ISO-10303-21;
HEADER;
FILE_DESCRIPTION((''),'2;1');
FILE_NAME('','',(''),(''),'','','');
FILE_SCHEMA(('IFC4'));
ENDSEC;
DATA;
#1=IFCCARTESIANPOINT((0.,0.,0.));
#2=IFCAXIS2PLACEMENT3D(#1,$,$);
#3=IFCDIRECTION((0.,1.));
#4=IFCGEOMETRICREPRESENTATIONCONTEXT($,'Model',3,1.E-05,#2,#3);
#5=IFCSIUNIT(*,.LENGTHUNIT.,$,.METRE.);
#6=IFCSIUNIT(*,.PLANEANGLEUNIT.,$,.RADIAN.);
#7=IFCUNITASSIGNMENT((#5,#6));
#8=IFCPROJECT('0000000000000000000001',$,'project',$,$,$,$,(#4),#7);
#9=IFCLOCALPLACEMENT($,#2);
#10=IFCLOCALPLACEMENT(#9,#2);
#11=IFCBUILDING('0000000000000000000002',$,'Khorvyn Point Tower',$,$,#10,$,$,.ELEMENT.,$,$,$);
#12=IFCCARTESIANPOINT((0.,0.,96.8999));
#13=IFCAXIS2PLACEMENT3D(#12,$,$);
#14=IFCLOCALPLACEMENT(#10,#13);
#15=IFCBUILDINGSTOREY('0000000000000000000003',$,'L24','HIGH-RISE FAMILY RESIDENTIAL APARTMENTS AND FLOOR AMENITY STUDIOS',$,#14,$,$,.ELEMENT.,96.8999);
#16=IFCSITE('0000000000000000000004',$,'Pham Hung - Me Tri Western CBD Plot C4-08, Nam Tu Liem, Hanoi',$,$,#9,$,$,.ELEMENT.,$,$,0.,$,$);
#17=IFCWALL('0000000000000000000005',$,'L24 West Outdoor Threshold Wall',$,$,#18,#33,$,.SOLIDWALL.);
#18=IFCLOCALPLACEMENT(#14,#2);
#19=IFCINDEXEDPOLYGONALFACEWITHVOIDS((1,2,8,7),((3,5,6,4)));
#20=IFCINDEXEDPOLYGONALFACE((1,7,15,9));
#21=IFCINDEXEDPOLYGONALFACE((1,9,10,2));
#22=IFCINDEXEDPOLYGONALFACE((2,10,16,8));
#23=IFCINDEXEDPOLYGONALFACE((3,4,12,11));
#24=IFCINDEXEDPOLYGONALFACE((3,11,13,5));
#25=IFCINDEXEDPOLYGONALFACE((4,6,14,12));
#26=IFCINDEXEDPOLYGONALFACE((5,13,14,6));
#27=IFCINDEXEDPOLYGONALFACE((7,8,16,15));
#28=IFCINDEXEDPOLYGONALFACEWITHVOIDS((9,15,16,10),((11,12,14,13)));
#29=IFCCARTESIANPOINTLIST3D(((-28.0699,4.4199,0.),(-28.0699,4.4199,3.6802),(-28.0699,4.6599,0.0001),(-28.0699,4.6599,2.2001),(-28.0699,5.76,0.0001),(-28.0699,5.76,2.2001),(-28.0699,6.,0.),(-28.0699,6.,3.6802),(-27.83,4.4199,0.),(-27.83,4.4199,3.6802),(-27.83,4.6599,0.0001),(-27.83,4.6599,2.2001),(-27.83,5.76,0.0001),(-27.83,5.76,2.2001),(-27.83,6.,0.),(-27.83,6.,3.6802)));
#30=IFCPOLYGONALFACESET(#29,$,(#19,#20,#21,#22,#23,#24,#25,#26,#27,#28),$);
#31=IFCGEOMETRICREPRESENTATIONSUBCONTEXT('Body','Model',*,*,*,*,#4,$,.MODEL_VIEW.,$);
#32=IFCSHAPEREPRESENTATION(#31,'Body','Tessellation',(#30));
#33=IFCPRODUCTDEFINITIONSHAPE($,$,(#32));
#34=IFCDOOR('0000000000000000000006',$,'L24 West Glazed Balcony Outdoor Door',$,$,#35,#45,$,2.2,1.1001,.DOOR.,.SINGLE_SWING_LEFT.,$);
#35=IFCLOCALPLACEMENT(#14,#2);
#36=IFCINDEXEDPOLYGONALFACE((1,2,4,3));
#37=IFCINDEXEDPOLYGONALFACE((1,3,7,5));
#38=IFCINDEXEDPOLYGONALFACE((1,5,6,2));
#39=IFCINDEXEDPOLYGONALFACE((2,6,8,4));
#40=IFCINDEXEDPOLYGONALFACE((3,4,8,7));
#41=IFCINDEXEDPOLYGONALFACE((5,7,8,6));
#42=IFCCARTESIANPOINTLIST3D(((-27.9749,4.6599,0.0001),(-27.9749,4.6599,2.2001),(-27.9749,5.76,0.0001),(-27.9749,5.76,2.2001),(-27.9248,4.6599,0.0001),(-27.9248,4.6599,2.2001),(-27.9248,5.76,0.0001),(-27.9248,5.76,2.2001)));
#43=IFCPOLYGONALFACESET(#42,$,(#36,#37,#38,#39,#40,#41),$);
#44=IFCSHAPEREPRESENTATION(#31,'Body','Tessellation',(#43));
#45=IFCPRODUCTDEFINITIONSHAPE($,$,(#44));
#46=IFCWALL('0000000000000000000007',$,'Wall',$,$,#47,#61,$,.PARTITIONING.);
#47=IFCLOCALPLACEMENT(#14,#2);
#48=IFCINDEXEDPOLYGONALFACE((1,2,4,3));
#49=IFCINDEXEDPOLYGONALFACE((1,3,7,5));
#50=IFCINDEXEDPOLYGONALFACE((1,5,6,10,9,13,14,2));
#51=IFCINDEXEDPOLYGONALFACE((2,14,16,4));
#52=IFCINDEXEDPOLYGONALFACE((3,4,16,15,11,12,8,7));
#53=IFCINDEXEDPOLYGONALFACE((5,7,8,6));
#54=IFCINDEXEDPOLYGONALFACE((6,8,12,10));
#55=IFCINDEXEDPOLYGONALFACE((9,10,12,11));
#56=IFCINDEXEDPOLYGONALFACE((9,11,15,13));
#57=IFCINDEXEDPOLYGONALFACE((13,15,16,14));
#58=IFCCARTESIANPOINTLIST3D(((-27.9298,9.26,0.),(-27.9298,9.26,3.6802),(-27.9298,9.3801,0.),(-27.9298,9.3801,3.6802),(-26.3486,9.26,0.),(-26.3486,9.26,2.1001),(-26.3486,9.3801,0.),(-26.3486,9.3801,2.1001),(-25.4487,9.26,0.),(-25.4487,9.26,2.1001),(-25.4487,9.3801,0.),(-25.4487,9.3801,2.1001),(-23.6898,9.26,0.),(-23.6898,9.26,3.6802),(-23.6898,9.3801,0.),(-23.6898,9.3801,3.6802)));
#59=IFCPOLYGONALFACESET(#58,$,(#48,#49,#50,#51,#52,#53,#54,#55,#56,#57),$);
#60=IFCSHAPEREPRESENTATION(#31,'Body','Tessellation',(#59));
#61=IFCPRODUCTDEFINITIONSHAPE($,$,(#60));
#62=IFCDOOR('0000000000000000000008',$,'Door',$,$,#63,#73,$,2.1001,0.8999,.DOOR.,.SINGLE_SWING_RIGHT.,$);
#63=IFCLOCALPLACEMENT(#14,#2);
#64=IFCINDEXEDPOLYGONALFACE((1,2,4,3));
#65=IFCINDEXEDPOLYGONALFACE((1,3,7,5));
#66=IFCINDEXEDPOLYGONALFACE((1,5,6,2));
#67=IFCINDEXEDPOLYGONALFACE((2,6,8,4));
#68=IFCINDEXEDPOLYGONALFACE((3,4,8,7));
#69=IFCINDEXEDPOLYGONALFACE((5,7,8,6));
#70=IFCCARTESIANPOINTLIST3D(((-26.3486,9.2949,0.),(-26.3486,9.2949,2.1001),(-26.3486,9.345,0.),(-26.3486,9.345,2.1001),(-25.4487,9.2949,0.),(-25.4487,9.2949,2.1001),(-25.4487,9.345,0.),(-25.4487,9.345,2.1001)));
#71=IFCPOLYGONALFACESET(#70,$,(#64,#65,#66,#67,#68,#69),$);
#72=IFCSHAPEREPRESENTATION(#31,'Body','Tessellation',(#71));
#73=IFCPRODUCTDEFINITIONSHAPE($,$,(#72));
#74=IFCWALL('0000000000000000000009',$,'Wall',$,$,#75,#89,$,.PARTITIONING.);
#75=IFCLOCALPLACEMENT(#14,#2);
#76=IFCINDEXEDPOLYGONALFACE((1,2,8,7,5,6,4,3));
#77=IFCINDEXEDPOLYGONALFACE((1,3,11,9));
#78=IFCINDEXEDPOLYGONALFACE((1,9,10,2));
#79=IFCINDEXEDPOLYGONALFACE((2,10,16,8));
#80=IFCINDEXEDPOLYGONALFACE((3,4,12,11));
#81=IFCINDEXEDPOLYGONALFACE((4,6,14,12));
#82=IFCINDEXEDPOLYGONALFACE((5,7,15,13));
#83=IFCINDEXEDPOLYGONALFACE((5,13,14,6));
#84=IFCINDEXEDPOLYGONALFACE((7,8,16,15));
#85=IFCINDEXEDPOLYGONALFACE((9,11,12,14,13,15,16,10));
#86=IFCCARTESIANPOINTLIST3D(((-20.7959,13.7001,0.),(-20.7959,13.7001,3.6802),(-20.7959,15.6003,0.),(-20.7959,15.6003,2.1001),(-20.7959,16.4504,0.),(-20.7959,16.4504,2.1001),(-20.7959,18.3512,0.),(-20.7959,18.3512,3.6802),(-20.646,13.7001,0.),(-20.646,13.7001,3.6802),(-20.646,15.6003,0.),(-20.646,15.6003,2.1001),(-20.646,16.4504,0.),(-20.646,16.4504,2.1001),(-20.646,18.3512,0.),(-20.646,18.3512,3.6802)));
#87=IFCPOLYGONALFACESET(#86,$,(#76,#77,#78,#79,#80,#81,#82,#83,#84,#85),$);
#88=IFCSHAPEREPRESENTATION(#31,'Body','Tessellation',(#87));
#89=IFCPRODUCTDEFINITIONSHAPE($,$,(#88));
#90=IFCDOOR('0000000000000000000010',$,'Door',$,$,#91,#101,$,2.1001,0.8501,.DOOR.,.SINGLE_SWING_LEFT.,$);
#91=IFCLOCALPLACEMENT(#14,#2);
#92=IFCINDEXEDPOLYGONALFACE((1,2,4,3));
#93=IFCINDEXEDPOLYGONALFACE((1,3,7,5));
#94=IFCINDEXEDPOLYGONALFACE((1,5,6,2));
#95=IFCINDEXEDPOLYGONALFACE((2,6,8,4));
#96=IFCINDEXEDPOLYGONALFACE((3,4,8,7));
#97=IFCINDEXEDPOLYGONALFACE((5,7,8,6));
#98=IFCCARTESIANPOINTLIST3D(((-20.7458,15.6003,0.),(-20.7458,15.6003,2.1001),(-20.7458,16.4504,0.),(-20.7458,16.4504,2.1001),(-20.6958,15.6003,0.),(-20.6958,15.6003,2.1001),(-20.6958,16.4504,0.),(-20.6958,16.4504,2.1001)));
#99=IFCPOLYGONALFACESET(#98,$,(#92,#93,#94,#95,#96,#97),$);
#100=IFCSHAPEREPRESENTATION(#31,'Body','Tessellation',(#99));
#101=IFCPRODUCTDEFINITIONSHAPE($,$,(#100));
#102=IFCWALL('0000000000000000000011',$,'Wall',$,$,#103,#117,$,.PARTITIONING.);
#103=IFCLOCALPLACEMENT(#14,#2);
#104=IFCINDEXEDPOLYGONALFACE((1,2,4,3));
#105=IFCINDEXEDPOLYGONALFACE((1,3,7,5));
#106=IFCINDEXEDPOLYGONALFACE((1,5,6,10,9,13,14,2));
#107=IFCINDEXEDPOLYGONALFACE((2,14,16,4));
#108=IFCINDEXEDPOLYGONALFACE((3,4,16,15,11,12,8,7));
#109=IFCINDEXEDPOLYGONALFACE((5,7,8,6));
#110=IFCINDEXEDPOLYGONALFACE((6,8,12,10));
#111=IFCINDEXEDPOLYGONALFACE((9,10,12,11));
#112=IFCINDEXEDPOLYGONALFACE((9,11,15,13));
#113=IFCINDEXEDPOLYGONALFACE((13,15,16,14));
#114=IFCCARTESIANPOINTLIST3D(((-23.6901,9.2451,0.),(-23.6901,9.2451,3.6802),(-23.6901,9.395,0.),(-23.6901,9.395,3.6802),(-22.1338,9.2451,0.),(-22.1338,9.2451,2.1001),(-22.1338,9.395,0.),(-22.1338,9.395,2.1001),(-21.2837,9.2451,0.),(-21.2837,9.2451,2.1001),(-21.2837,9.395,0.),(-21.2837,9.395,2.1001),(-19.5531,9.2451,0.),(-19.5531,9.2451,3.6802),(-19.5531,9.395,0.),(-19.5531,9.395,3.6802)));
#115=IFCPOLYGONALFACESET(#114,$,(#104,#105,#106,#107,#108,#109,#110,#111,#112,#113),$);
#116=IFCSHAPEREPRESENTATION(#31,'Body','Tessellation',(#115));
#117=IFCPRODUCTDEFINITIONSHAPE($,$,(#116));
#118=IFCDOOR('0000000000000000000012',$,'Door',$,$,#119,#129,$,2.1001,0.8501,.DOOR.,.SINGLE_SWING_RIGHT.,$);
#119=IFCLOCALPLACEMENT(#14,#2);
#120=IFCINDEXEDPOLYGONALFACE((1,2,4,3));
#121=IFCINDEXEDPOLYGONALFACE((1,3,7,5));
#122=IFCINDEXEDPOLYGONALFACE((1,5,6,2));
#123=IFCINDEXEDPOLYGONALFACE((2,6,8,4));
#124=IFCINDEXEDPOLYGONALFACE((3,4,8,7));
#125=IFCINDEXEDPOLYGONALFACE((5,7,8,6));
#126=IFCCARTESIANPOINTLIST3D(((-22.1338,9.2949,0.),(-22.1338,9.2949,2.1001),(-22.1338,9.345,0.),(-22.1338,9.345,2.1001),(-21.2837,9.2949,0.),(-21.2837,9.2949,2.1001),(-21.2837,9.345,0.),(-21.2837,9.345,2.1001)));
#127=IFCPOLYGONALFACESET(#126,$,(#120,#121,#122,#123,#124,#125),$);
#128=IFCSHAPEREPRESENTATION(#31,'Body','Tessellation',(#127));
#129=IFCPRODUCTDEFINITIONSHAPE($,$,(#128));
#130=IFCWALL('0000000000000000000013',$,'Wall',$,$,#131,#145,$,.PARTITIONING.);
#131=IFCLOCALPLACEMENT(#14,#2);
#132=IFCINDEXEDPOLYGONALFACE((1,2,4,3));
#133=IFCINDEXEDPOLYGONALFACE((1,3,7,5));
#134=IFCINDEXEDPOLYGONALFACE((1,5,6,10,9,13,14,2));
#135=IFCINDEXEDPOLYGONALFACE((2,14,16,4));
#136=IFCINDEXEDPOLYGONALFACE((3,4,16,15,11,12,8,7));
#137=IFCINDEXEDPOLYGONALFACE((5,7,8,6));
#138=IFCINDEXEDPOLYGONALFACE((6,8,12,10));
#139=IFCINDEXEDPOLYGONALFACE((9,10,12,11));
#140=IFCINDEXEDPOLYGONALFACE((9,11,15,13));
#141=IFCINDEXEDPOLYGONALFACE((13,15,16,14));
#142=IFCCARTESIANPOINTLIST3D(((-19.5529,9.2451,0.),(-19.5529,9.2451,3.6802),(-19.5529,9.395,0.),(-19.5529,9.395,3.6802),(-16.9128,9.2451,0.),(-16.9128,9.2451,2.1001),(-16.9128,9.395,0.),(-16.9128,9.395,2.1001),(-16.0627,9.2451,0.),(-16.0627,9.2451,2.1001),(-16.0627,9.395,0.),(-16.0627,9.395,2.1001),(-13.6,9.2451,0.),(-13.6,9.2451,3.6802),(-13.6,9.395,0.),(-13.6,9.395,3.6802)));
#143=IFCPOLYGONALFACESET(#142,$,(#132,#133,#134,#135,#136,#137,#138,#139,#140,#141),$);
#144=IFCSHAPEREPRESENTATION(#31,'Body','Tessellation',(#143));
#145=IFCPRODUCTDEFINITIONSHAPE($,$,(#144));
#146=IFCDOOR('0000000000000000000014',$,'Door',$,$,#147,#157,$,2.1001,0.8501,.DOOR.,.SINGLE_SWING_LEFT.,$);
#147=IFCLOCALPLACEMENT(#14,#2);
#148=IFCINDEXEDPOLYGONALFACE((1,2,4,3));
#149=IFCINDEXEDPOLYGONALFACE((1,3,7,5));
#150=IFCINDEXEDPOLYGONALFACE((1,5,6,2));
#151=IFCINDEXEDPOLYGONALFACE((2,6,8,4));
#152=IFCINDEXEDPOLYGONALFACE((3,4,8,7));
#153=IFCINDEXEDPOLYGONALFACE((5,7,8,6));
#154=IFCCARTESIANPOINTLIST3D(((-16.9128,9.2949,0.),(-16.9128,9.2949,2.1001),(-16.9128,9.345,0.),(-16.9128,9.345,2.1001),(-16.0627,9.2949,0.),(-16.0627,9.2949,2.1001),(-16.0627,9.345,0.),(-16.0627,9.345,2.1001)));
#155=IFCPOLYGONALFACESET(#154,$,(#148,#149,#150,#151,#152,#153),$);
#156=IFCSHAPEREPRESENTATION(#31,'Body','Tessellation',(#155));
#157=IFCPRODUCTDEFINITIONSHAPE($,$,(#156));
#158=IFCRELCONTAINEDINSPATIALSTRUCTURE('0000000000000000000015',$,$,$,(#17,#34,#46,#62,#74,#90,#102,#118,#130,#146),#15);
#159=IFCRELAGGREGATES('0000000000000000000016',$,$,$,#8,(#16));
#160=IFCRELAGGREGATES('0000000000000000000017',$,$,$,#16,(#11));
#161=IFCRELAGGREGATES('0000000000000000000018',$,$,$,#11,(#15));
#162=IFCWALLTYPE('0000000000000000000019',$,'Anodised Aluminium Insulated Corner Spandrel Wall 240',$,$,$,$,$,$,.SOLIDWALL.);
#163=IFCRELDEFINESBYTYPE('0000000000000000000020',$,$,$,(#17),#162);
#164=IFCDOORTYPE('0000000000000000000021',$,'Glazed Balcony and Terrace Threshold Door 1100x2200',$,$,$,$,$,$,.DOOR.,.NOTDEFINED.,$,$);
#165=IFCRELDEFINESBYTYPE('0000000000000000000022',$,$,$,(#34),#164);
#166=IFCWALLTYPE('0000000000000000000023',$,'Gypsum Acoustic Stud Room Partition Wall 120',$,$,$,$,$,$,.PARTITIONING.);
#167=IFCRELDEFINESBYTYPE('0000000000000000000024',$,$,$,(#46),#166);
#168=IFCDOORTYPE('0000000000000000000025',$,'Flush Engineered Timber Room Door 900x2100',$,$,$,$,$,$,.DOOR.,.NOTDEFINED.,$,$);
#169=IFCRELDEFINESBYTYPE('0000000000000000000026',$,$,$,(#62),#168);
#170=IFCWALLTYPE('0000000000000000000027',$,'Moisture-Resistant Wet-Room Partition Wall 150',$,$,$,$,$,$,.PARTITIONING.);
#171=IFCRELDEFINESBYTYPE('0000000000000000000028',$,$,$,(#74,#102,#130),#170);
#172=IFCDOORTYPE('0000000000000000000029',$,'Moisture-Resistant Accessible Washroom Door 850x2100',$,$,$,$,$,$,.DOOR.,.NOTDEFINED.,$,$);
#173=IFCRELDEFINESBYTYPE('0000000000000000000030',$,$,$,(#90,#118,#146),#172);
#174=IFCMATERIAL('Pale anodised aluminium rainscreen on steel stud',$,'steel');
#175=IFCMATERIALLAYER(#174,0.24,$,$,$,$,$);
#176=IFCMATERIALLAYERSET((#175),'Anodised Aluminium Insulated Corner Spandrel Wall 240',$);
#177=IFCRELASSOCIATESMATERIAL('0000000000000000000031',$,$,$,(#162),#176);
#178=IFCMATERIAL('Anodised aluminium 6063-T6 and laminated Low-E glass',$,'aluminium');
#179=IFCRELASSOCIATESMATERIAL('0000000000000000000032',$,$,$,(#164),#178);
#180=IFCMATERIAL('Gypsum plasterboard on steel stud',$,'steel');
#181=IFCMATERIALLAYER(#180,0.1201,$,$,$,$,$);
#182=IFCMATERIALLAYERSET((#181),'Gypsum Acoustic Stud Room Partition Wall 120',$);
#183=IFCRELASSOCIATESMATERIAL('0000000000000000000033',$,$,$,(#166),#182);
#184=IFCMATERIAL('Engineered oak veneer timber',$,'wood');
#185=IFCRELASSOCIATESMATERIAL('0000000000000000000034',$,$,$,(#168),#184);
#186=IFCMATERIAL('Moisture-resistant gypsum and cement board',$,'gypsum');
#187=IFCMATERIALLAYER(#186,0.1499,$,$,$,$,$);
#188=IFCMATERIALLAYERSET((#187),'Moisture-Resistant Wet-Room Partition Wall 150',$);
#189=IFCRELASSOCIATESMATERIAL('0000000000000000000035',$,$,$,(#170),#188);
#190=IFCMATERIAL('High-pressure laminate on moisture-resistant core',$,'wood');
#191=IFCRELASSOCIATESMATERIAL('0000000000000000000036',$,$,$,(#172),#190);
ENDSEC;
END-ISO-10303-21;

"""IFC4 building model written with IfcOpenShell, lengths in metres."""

from ifc_helpers import new_model, si_unit, direction, frame, frame_2d, origin, place, context, subcontext, project, spatial, rectangle, extrude, material, layer, layer_set, type_object, element, fill, save


model = new_model("IFC4")

# Units and contexts
model_context = context("Model", 3, precision=1e-05, world=origin(), true_north=direction((0.0, 1.0)))
body_context = subcontext(model_context, "Body", "Model", "MODEL_VIEW")
ifc_project = project(units=[si_unit("LENGTHUNIT", "METRE"), si_unit("PLANEANGLEUNIT", "RADIAN")], contexts=[model_context])

# Site, building, storey
site_placement = place(None, origin())
site = spatial("IfcSite", under=ifc_project, at=site_placement, Name="Pham Hung - Me Tri Western CBD Plot C4-08, Nam Tu Liem, Hanoi", CompositionType="ELEMENT", RefElevation=0.0)
building_placement = place(site_placement, origin())
building = spatial("IfcBuilding", under=site, at=building_placement, Name="Khorvyn Point Tower", CompositionType="ELEMENT")
storey_placement = place(building_placement, frame((0.0, 0.0, 96.8999)))
storey = spatial("IfcBuildingStorey", under=building, at=storey_placement, Name="L24", Description="HIGH-RISE FAMILY RESIDENTIAL APARTMENTS AND FLOOR AMENITY STUDIOS", CompositionType="ELEMENT", Elevation=96.8999)

# Shared definitions
ifc_material_1 = material(Name="Anodised aluminium 6063-T6 and laminated Low-E glass", Category="aluminium")

# Walls, openings, doors
ifc_material_2 = material(Name="Pale anodised aluminium rainscreen on steel stud", Category="steel")
ifc_layer_1 = layer(ifc_material_2, 0.24)
ifc_layer_set_1 = layer_set([ifc_layer_1], Name="Anodised Aluminium Insulated Corner Spandrel Wall 240")
wall_type_1 = type_object("IfcWallType", Name="Anodised Aluminium Insulated Corner Spandrel Wall 240", PredefinedType="SOLIDWALL", material=ifc_layer_set_1)
wall_1_placement = place(storey_placement, frame((-27.95, 4.4199, 0.0), z_axis=(0.0, 0.0, 1.0), x_axis=(0.0, 1.0, 0.0)))
wall_1 = element("IfcWall", 1, at=wall_1_placement, inside=storey, type_object=wall_type_1, Name="L24 West Outdoor Threshold Wall", PredefinedType="SOLIDWALL", context=body_context, shape_type="SweptSolid", body=[
    extrude(rectangle(XDim=1.5801, YDim=0.24, at=frame_2d((0.79, 0.0))), origin(), (0.0, 0.0, 1.0), 3.6802),
])
opening_1_placement = place(wall_1_placement, frame((0.24, 0.0, 0.0)))
opening_1 = element("IfcOpeningElement", 2, at=opening_1_placement, cuts=wall_1, PredefinedType="OPENING", context=body_context, shape_type="SweptSolid", body=[
    extrude(rectangle(XDim=1.1001, YDim=2.2, at=frame_2d((0.55, 1.1001))), frame((0.0, 0.1299, 0.0), z_axis=(0.0, -1.0, 0.0), x_axis=(1.0, 0.0, 0.0)), (0.0, 0.0, 1.0), 0.26),
])
door_type_1 = type_object("IfcDoorType", Name="Glazed Balcony and Terrace Threshold Door 1100x2200", OperationType="NOTDEFINED", PredefinedType="DOOR", material=ifc_material_1)
door_1_placement = place(opening_1_placement, origin())
door_1 = element("IfcDoor", 3, at=door_1_placement, inside=storey, type_object=door_type_1, Name="L24 West Glazed Balcony Outdoor Door", OperationType="SINGLE_SWING_LEFT", OverallHeight=2.2, OverallWidth=1.1001, PredefinedType="DOOR", context=body_context, shape_type="SweptSolid", body=[
    extrude(rectangle(XDim=1.1001, YDim=2.2, at=frame_2d((0.55, 1.1001))), frame((0.0, 0.0249, 0.0), z_axis=(0.0, -1.0, 0.0), x_axis=(1.0, 0.0, 0.0)), (0.0, 0.0, 1.0), 0.05),
])
fill(opening_1, door_1)
ifc_material_3 = material(Name="Gypsum plasterboard on steel stud", Category="steel")
ifc_layer_2 = layer(ifc_material_3, 0.1201)
ifc_layer_set_2 = layer_set([ifc_layer_2], Name="Gypsum Acoustic Stud Room Partition Wall 120")
wall_type_2 = type_object("IfcWallType", Name="Gypsum Acoustic Stud Room Partition Wall 120", PredefinedType="PARTITIONING", material=ifc_layer_set_2)
wall_2_placement = place(storey_placement, frame((-27.9299, 9.3201, 0.0), z_axis=(0.0, 0.0, 1.0), x_axis=(1.0, 0.0, 0.0)))
wall_2 = element("IfcWall", 4, at=wall_2_placement, inside=storey, type_object=wall_type_2, Name="Wall", PredefinedType="PARTITIONING", context=body_context, shape_type="SweptSolid", body=[
    extrude(rectangle(XDim=4.24, YDim=0.1201, at=frame_2d((2.1201, 0.0))), origin(), (0.0, 0.0, 1.0), 3.6802),
])
opening_2_placement = place(wall_2_placement, frame((1.5813, 0.0, 0.0)))
opening_2 = element("IfcOpeningElement", 5, at=opening_2_placement, cuts=wall_2, PredefinedType="OPENING", context=body_context, shape_type="SweptSolid", body=[
    extrude(rectangle(XDim=0.8999, YDim=2.1001, at=frame_2d((0.45, 1.05))), frame((0.0, 0.0701, 0.0), z_axis=(0.0, -1.0, 0.0), x_axis=(1.0, 0.0, 0.0)), (0.0, 0.0, 1.0), 0.1401),
])
ifc_material_4 = material(Name="Engineered oak veneer timber", Category="wood")
door_type_2 = type_object("IfcDoorType", Name="Flush Engineered Timber Room Door 900x2100", OperationType="NOTDEFINED", PredefinedType="DOOR", material=ifc_material_4)
door_2_placement = place(opening_2_placement, origin())
door_2 = element("IfcDoor", 6, at=door_2_placement, inside=storey, type_object=door_type_2, Name="Door", OperationType="SINGLE_SWING_RIGHT", OverallHeight=2.1001, OverallWidth=0.8999, PredefinedType="DOOR", context=body_context, shape_type="SweptSolid", body=[
    extrude(rectangle(XDim=0.8999, YDim=2.1001, at=frame_2d((0.45, 1.05))), frame((0.0, 0.0249, 0.0), z_axis=(0.0, -1.0, 0.0), x_axis=(1.0, 0.0, 0.0)), (0.0, 0.0, 1.0), 0.05),
])
fill(opening_2, door_2)
ifc_material_5 = material(Name="Moisture-resistant gypsum and cement board", Category="gypsum")
ifc_layer_3 = layer(ifc_material_5, 0.1499)
ifc_layer_set_3 = layer_set([ifc_layer_3], Name="Moisture-Resistant Wet-Room Partition Wall 150")
wall_type_3 = type_object("IfcWallType", Name="Moisture-Resistant Wet-Room Partition Wall 150", PredefinedType="PARTITIONING", material=ifc_layer_set_3)
wall_3_placement = place(storey_placement, frame((-20.7209, 13.7, 0.0), z_axis=(0.0, 0.0, 1.0), x_axis=(0.0, 1.0, 0.0)))
wall_3 = element("IfcWall", 7, at=wall_3_placement, inside=storey, type_object=wall_type_3, Name="Wall", PredefinedType="PARTITIONING", context=body_context, shape_type="SweptSolid", body=[
    extrude(rectangle(XDim=4.6511, YDim=0.1499, at=frame_2d((2.3257, 0.0))), origin(), (0.0, 0.0, 1.0), 3.6802),
])
opening_3_placement = place(wall_3_placement, frame((1.9004, 0.0, 0.0)))
opening_3 = element("IfcOpeningElement", 8, at=opening_3_placement, cuts=wall_3, PredefinedType="OPENING", context=body_context, shape_type="SweptSolid", body=[
    extrude(rectangle(XDim=0.8501, YDim=2.1001, at=frame_2d((0.425, 1.05))), frame((0.0, 0.085, 0.0), z_axis=(0.0, -1.0, 0.0), x_axis=(1.0, 0.0, 0.0)), (0.0, 0.0, 1.0), 0.1699),
])
ifc_material_6 = material(Name="High-pressure laminate on moisture-resistant core", Category="wood")
door_type_3 = type_object("IfcDoorType", Name="Moisture-Resistant Accessible Washroom Door 850x2100", OperationType="NOTDEFINED", PredefinedType="DOOR", material=ifc_material_6)
door_3_placement = place(opening_3_placement, origin())
door_3 = element("IfcDoor", 9, at=door_3_placement, inside=storey, type_object=door_type_3, Name="Door", OperationType="SINGLE_SWING_LEFT", OverallHeight=2.1001, OverallWidth=0.8501, PredefinedType="DOOR", context=body_context, shape_type="SweptSolid", body=[
    extrude(rectangle(XDim=0.8501, YDim=2.1001, at=frame_2d((0.425, 1.05))), frame((0.0, 0.0249, 0.0), z_axis=(0.0, -1.0, 0.0), x_axis=(1.0, 0.0, 0.0)), (0.0, 0.0, 1.0), 0.05),
])
fill(opening_3, door_3)
wall_4_placement = place(storey_placement, frame((-23.6899, 9.3201, 0.0), z_axis=(0.0, 0.0, 1.0), x_axis=(1.0, 0.0, 0.0)))
wall_4 = element("IfcWall", 10, at=wall_4_placement, inside=storey, type_object=wall_type_3, Name="Wall", PredefinedType="PARTITIONING", context=body_context, shape_type="SweptSolid", body=[
    extrude(rectangle(XDim=4.137, YDim=0.1499, at=frame_2d((2.0684, 0.0))), origin(), (0.0, 0.0, 1.0), 3.6802),
])
opening_4_placement = place(wall_4_placement, frame((1.5562, 0.0, 0.0)))
opening_4 = element("IfcOpeningElement", 11, at=opening_4_placement, cuts=wall_4, PredefinedType="OPENING", context=body_context, shape_type="SweptSolid", body=[
    extrude(rectangle(XDim=0.8501, YDim=2.1001, at=frame_2d((0.425, 1.05))), frame((0.0, 0.085, 0.0), z_axis=(0.0, -1.0, 0.0), x_axis=(1.0, 0.0, 0.0)), (0.0, 0.0, 1.0), 0.1699),
])
door_4_placement = place(opening_4_placement, origin())
door_4 = element("IfcDoor", 12, at=door_4_placement, inside=storey, type_object=door_type_3, Name="Door", OperationType="SINGLE_SWING_RIGHT", OverallHeight=2.1001, OverallWidth=0.8501, PredefinedType="DOOR", context=body_context, shape_type="SweptSolid", body=[
    extrude(rectangle(XDim=0.8501, YDim=2.1001, at=frame_2d((0.425, 1.05))), frame((0.0, 0.0249, 0.0), z_axis=(0.0, -1.0, 0.0), x_axis=(1.0, 0.0, 0.0)), (0.0, 0.0, 1.0), 0.05),
])
fill(opening_4, door_4)
wall_5_placement = place(storey_placement, frame((-19.553, 9.3201, 0.0), z_axis=(0.0, 0.0, 1.0), x_axis=(1.0, 0.0, 0.0)))
wall_5 = element("IfcWall", 13, at=wall_5_placement, inside=storey, type_object=wall_type_3, Name="Wall", PredefinedType="PARTITIONING", context=body_context, shape_type="SweptSolid", body=[
    extrude(rectangle(XDim=5.9529, YDim=0.1499, at=frame_2d((2.9766, 0.0))), origin(), (0.0, 0.0, 1.0), 3.6802),
])
opening_5_placement = place(wall_5_placement, frame((2.6401, 0.0, 0.0)))
opening_5 = element("IfcOpeningElement", 14, at=opening_5_placement, cuts=wall_5, PredefinedType="OPENING", context=body_context, shape_type="SweptSolid", body=[
    extrude(rectangle(XDim=0.8501, YDim=2.1001, at=frame_2d((0.425, 1.05))), frame((0.0, 0.085, 0.0), z_axis=(0.0, -1.0, 0.0), x_axis=(1.0, 0.0, 0.0)), (0.0, 0.0, 1.0), 0.1699),
])
door_5_placement = place(opening_5_placement, origin())
door_5 = element("IfcDoor", 15, at=door_5_placement, inside=storey, type_object=door_type_3, Name="Door", OperationType="SINGLE_SWING_LEFT", OverallHeight=2.1001, OverallWidth=0.8501, PredefinedType="DOOR", context=body_context, shape_type="SweptSolid", body=[
    extrude(rectangle(XDim=0.8501, YDim=2.1001, at=frame_2d((0.425, 1.05))), frame((0.0, 0.0249, 0.0), z_axis=(0.0, -1.0, 0.0), x_axis=(1.0, 0.0, 0.0)), (0.0, 0.0, 1.0), 0.05),
])
fill(opening_5, door_5)

save(model, "model.ifc")
